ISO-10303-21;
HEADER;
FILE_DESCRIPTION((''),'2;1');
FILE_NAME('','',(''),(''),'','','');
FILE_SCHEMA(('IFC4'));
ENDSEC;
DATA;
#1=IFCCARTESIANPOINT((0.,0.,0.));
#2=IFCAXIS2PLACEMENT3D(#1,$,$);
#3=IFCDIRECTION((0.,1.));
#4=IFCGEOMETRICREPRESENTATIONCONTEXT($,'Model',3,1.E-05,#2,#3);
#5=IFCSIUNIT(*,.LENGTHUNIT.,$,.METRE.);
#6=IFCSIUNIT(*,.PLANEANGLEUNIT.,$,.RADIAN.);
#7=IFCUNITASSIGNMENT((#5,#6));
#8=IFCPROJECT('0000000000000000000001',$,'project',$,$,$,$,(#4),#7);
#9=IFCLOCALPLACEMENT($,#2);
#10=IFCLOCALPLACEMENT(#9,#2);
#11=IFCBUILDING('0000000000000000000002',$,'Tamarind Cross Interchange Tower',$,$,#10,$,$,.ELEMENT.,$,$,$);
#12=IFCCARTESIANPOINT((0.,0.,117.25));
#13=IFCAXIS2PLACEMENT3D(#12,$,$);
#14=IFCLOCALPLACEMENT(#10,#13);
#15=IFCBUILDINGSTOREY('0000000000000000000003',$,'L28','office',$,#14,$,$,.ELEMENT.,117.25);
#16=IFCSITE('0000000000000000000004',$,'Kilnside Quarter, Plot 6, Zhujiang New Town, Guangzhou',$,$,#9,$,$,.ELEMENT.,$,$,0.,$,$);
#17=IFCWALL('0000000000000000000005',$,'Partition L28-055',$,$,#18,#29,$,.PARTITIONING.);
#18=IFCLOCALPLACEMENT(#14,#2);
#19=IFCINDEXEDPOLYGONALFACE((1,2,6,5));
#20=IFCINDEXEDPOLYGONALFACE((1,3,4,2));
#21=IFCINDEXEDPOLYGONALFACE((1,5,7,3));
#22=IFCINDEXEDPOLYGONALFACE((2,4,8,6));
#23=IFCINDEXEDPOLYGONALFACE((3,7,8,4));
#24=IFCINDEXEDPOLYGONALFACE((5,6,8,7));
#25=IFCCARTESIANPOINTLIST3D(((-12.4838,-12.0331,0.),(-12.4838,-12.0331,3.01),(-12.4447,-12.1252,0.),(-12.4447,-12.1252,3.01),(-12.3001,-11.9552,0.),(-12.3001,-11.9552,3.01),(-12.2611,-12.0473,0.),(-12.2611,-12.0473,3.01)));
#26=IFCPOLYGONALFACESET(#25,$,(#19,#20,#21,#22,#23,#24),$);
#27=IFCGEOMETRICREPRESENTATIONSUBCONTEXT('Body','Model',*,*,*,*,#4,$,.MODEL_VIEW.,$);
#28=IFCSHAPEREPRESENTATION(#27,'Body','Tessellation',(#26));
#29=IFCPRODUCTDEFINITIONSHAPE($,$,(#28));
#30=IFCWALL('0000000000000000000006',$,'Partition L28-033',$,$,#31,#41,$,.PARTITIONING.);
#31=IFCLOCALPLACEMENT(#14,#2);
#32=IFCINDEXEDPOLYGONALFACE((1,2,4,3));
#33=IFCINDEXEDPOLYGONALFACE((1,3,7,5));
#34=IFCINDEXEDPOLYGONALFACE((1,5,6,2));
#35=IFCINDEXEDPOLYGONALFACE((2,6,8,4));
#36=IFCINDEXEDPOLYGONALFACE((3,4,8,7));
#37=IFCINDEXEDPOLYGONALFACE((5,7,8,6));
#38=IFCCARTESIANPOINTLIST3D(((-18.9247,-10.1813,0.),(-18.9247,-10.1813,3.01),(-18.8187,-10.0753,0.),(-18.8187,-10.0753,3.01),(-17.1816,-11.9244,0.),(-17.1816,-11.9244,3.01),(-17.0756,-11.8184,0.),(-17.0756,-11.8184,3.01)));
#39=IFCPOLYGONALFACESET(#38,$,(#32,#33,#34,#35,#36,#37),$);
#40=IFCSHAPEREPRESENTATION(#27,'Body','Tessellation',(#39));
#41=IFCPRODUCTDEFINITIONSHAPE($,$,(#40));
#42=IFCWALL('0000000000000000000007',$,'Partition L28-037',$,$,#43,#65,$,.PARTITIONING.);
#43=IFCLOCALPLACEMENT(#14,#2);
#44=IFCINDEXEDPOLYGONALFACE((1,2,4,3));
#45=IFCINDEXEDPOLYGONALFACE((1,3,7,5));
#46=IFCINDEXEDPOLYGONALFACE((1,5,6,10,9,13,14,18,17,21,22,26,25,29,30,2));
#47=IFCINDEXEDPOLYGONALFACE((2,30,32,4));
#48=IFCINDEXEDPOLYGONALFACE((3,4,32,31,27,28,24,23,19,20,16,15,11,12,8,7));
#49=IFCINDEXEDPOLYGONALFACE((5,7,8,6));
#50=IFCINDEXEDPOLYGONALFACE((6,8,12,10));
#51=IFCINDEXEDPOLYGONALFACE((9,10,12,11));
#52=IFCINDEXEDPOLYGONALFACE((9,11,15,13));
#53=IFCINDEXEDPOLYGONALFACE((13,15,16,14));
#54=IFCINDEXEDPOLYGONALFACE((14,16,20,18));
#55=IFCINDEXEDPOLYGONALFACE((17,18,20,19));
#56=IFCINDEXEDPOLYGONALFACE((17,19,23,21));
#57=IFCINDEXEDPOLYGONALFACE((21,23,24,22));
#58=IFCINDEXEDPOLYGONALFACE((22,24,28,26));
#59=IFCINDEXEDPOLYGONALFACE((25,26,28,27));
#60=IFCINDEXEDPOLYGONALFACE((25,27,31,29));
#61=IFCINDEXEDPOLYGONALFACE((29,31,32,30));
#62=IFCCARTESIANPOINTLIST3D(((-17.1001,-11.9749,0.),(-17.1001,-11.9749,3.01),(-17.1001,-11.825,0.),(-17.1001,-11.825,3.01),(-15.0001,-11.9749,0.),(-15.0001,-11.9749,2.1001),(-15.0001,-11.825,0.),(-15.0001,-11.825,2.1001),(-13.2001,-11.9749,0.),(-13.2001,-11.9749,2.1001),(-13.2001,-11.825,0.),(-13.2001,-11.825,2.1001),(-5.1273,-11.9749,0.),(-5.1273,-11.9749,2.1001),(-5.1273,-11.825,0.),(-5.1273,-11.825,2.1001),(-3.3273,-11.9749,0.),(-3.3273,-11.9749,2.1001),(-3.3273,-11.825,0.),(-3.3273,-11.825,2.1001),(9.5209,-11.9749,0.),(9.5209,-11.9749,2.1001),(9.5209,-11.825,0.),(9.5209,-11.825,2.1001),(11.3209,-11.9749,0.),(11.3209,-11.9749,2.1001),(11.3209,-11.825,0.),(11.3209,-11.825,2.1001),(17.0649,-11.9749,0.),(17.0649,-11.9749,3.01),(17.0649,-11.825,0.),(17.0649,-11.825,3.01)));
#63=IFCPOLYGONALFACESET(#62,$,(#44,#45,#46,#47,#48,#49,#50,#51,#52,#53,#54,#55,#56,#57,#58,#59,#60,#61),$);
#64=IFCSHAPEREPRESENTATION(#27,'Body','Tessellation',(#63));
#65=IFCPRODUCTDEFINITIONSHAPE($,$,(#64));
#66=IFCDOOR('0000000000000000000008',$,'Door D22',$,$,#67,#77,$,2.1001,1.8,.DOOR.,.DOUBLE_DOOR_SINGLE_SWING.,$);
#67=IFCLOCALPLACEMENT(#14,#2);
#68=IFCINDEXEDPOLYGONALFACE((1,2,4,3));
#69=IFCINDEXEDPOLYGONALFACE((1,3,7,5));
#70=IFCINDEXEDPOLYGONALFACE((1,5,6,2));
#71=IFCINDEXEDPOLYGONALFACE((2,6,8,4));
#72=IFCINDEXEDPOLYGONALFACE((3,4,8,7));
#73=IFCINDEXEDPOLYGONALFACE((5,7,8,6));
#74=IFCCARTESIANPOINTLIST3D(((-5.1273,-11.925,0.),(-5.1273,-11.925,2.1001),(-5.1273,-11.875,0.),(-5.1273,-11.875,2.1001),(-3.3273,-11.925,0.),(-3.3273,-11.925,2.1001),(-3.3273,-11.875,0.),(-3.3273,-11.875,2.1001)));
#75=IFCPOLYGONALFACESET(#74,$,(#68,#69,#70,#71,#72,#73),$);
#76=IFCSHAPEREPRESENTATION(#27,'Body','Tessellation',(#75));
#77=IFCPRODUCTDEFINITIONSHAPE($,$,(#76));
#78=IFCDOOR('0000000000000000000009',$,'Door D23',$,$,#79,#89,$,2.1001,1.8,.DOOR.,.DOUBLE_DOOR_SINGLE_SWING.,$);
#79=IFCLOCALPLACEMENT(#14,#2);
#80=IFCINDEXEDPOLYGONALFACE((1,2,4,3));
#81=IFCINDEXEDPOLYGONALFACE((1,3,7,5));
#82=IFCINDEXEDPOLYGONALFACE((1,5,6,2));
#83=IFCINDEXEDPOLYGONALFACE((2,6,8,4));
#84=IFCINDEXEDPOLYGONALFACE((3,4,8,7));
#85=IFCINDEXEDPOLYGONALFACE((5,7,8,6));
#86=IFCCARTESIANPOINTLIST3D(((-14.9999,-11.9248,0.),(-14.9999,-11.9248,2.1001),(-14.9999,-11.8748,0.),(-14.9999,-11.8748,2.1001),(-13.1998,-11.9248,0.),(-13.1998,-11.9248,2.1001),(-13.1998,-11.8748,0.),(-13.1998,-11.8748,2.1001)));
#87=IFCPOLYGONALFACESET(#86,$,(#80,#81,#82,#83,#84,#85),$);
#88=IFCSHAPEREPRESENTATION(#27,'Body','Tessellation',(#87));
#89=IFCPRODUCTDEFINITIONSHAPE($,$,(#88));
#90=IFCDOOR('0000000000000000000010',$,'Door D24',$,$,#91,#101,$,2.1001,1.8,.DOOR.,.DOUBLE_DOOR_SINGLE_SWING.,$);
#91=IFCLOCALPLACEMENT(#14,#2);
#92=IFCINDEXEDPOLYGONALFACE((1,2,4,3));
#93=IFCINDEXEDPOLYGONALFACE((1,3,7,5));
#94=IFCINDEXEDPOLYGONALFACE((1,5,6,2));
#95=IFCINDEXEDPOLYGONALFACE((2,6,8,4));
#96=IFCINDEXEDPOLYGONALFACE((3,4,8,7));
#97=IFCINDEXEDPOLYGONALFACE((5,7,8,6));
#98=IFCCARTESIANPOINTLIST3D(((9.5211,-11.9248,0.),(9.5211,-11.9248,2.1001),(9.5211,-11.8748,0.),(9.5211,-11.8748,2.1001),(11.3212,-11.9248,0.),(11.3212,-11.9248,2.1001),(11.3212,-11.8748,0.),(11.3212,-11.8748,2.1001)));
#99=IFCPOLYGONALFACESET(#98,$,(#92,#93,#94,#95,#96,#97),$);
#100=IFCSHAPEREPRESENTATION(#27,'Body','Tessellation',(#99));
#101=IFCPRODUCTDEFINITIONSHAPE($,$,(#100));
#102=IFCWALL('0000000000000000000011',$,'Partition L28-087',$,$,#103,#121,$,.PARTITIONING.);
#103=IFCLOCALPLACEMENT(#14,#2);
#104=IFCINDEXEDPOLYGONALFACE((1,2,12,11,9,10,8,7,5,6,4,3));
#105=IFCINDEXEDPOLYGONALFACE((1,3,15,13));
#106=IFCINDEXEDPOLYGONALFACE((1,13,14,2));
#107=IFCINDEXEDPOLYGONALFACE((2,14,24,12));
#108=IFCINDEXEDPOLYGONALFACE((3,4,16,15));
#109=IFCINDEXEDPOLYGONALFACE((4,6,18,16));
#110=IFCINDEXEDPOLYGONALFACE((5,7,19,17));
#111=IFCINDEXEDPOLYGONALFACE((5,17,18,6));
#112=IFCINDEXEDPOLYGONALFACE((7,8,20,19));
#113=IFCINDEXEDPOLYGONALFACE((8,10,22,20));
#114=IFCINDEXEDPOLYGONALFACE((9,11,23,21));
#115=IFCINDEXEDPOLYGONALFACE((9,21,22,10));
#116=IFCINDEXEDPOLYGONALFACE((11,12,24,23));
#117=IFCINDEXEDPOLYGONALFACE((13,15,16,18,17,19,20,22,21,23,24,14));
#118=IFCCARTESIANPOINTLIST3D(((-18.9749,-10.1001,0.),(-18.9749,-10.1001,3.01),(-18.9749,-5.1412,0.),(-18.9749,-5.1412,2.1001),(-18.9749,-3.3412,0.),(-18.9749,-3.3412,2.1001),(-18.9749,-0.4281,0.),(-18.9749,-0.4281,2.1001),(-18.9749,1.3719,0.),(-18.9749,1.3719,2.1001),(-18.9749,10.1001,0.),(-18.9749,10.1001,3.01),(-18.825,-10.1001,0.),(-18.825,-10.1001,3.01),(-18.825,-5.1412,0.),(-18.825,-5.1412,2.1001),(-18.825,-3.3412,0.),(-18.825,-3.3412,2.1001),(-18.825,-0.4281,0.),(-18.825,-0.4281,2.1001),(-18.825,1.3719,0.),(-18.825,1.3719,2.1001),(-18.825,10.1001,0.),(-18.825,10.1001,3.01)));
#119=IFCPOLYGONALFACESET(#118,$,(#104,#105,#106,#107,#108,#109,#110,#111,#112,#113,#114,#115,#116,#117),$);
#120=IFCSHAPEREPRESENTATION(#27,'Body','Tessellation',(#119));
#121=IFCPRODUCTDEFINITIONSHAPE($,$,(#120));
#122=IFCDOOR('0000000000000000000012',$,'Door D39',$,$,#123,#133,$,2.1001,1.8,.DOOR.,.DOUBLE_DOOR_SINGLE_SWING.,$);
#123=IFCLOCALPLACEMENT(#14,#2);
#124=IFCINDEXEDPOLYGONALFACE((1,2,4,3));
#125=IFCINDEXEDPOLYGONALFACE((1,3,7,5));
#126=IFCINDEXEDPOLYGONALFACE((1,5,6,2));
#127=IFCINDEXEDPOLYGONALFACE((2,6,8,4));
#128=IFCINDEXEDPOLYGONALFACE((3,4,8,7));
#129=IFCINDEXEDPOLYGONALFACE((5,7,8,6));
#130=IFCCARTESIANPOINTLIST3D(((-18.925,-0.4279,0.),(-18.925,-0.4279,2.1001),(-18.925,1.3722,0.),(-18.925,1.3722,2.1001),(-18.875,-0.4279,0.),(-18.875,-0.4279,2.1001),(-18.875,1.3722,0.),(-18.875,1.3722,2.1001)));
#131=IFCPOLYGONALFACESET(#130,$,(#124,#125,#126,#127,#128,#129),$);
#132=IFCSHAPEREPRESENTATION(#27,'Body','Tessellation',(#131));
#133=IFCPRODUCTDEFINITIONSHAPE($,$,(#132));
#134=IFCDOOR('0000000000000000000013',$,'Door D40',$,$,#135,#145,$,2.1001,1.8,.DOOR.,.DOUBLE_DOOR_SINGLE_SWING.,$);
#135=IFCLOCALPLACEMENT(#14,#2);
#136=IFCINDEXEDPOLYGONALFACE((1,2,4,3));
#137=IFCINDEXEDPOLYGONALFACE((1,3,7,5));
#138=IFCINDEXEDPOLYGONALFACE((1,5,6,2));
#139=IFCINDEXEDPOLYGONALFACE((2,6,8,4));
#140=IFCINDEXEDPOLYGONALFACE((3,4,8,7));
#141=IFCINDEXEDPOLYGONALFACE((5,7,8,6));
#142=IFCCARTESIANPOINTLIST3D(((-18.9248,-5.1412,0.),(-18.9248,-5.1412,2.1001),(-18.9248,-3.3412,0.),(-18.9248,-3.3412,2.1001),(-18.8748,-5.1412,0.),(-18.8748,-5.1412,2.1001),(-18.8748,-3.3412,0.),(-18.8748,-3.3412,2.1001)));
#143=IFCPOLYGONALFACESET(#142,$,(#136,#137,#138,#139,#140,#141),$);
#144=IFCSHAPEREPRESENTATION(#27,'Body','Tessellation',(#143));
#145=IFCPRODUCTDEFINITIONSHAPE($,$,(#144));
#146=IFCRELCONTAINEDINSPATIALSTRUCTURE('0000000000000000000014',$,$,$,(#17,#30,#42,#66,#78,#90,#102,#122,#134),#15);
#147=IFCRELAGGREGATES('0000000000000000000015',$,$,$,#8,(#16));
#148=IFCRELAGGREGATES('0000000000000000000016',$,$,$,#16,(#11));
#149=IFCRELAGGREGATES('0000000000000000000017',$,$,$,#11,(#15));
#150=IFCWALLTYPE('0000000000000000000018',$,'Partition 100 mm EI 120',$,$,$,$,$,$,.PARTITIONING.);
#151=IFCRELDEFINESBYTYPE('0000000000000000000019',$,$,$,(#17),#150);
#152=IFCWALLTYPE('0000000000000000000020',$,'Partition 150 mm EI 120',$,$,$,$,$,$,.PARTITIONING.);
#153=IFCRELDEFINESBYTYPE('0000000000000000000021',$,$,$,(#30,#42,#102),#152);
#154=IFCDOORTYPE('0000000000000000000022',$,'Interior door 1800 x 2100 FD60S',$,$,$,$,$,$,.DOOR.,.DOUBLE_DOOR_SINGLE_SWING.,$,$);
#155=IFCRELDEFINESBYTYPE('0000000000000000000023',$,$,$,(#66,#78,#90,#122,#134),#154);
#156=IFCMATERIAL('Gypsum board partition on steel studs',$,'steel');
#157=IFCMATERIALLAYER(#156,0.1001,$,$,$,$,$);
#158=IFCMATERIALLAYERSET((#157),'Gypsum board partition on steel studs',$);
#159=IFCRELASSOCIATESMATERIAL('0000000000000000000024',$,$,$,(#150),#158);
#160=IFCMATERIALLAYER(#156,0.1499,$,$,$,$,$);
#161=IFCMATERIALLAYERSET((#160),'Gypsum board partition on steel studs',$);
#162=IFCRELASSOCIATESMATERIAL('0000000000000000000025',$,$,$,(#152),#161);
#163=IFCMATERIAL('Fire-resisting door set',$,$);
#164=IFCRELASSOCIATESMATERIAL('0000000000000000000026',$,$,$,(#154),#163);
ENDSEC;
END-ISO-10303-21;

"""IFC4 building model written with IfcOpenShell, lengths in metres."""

from ifc_helpers import new_model, si_unit, direction, frame, frame_2d, origin, place, context, subcontext, project, spatial, rectangle, extrude, material, layer, layer_set, type_object, element, fill, save


model = new_model("IFC4")

# Units and contexts
model_context = context("Model", 3, precision=1e-05, world=origin(), true_north=direction((0.0, 1.0)))
body_context = subcontext(model_context, "Body", "Model", "MODEL_VIEW")
ifc_project = project(units=[si_unit("LENGTHUNIT", "METRE"), si_unit("PLANEANGLEUNIT", "RADIAN")], contexts=[model_context])

# Site, building, storey
site_placement = place(None, origin())
site = spatial("IfcSite", under=ifc_project, at=site_placement, Name="Kilnside Quarter, Plot 6, Zhujiang New Town, Guangzhou", CompositionType="ELEMENT", RefElevation=0.0)
building_placement = place(site_placement, origin())
building = spatial("IfcBuilding", under=site, at=building_placement, Name="Tamarind Cross Interchange Tower", CompositionType="ELEMENT")
storey_placement = place(building_placement, frame((0.0, 0.0, 117.25)))
storey = spatial("IfcBuildingStorey", under=building, at=storey_placement, Name="L28", Description="office", CompositionType="ELEMENT", Elevation=117.25)

# Walls
ifc_material_1 = material(Name="Gypsum board partition on steel studs", Category="steel")
ifc_layer_1 = layer(ifc_material_1, 0.1001)
ifc_layer_set_1 = layer_set([ifc_layer_1], Name="Gypsum board partition on steel studs")
wall_type_1 = type_object("IfcWallType", Name="Partition 100 mm EI 120", PredefinedType="PARTITIONING", material=ifc_layer_set_1)
wall_1_placement = place(storey_placement, frame((-12.4641, -12.0791, 0.0), z_axis=(0.0, 0.0, 1.0), x_axis=(0.920595, 0.390518, 0.0)))
element("IfcWall", 1, at=wall_1_placement, inside=storey, type_object=wall_type_1, Name="Partition L28-055", PredefinedType="PARTITIONING", context=body_context, shape_type="SweptSolid", body=[
    extrude(rectangle(XDim=0.1995, YDim=0.1001, at=frame_2d((0.0996, 0.0))), origin(), (0.0, 0.0, 1.0), 3.01),
])
ifc_layer_2 = layer(ifc_material_1, 0.1499)
ifc_layer_set_2 = layer_set([ifc_layer_2], Name="Gypsum board partition on steel studs")
wall_type_2 = type_object("IfcWallType", Name="Partition 150 mm EI 120", PredefinedType="PARTITIONING", material=ifc_layer_set_2)
wall_2_placement = place(storey_placement, frame((-18.8716, -10.1284, 0.0), z_axis=(0.0, 0.0, 1.0), x_axis=(0.707107, -0.707107, 0.0)))
element("IfcWall", 2, at=wall_2_placement, inside=storey, type_object=wall_type_2, Name="Partition L28-033", PredefinedType="PARTITIONING", context=body_context, shape_type="SweptSolid", body=[
    extrude(rectangle(XDim=2.4651, YDim=0.1499, at=frame_2d((1.2324, 0.0))), origin(), (0.0, 0.0, 1.0), 3.01),
])

# Walls, openings, doors
wall_3_placement = place(storey_placement, frame((-17.1001, -11.8999, 0.0), z_axis=(0.0, 0.0, 1.0), x_axis=(1.0, 0.0, 0.0)))
wall_3 = element("IfcWall", 3, at=wall_3_placement, inside=storey, type_object=wall_type_2, Name="Partition L28-037", PredefinedType="PARTITIONING", context=body_context, shape_type="SweptSolid", body=[
    extrude(rectangle(XDim=34.165, YDim=0.1499, at=frame_2d((17.0825, 0.0))), origin(), (0.0, 0.0, 1.0), 3.01),
])
opening_1_placement = place(wall_3_placement, frame((11.9729, 0.0, 0.0)))
opening_1 = element("IfcOpeningElement", 4, at=opening_1_placement, cuts=wall_3, PredefinedType="OPENING", context=body_context, shape_type="SweptSolid", body=[
    extrude(rectangle(XDim=1.8, YDim=2.1001, at=frame_2d((0.8999, 1.05))), frame((0.0, 0.085, 0.0), z_axis=(0.0, -1.0, 0.0), x_axis=(1.0, 0.0, 0.0)), (0.0, 0.0, 1.0), 0.1699),
])
opening_2_placement = place(wall_3_placement, frame((2.1001, 0.0, 0.0)))
opening_2 = element("IfcOpeningElement", 5, at=opening_2_placement, cuts=wall_3, PredefinedType="OPENING", context=body_context, shape_type="SweptSolid", body=[
    extrude(rectangle(XDim=1.8, YDim=2.1001, at=frame_2d((0.8999, 1.05))), frame((0.0, 0.085, 0.0), z_axis=(0.0, -1.0, 0.0), x_axis=(1.0, 0.0, 0.0)), (0.0, 0.0, 1.0), 0.1699),
])
opening_3_placement = place(wall_3_placement, frame((26.6211, 0.0, 0.0)))
opening_3 = element("IfcOpeningElement", 6, at=opening_3_placement, cuts=wall_3, PredefinedType="OPENING", context=body_context, shape_type="SweptSolid", body=[
    extrude(rectangle(XDim=1.8, YDim=2.1001, at=frame_2d((0.8999, 1.05))), frame((0.0, 0.085, 0.0), z_axis=(0.0, -1.0, 0.0), x_axis=(1.0, 0.0, 0.0)), (0.0, 0.0, 1.0), 0.1699),
])
ifc_material_2 = material(Name="Fire-resisting door set")
door_type_1 = type_object("IfcDoorType", Name="Interior door 1800 x 2100 FD60S", OperationType="DOUBLE_DOOR_SINGLE_SWING", PredefinedType="DOOR", material=ifc_material_2)
door_1_placement = place(opening_1_placement, origin())
door_1 = element("IfcDoor", 7, at=door_1_placement, inside=storey, type_object=door_type_1, Name="Door D22", OperationType="DOUBLE_DOOR_SINGLE_SWING", OverallHeight=2.1001, OverallWidth=1.8, PredefinedType="DOOR", context=body_context, shape_type="SweptSolid", body=[
    extrude(rectangle(XDim=1.8, YDim=2.1001, at=frame_2d((0.8999, 1.05))), frame((0.0, 0.0249, 0.0), z_axis=(0.0, -1.0, 0.0), x_axis=(1.0, 0.0, 0.0)), (0.0, 0.0, 1.0), 0.05),
])
fill(opening_1, door_1)
door_2_placement = place(opening_2_placement, frame((1.8, 0.0, 0.0), z_axis=(0.0, 0.0, 1.0), x_axis=(-1.0, 0.0, 0.0)))
door_2 = element("IfcDoor", 8, at=door_2_placement, inside=storey, type_object=door_type_1, Name="Door D23", OperationType="DOUBLE_DOOR_SINGLE_SWING", OverallHeight=2.1001, OverallWidth=1.8, PredefinedType="DOOR", context=body_context, shape_type="SweptSolid", body=[
    extrude(rectangle(XDim=1.8, YDim=2.1001, at=frame_2d((0.8999, 1.05))), frame((0.0, 0.0249, 0.0), z_axis=(0.0, -1.0, 0.0), x_axis=(1.0, 0.0, 0.0)), (0.0, 0.0, 1.0), 0.05),
])
fill(opening_2, door_2)
door_3_placement = place(opening_3_placement, frame((1.8, 0.0, 0.0), z_axis=(0.0, 0.0, 1.0), x_axis=(-1.0, 0.0, 0.0)))
door_3 = element("IfcDoor", 9, at=door_3_placement, inside=storey, type_object=door_type_1, Name="Door D24", OperationType="DOUBLE_DOOR_SINGLE_SWING", OverallHeight=2.1001, OverallWidth=1.8, PredefinedType="DOOR", context=body_context, shape_type="SweptSolid", body=[
    extrude(rectangle(XDim=1.8, YDim=2.1001, at=frame_2d((0.8999, 1.05))), frame((0.0, 0.0249, 0.0), z_axis=(0.0, -1.0, 0.0), x_axis=(1.0, 0.0, 0.0)), (0.0, 0.0, 1.0), 0.05),
])
fill(opening_3, door_3)
wall_4_placement = place(storey_placement, frame((-18.8999, -10.1001, 0.0), z_axis=(0.0, 0.0, 1.0), x_axis=(0.0, 1.0, 0.0)))
wall_4 = element("IfcWall", 10, at=wall_4_placement, inside=storey, type_object=wall_type_2, Name="Partition L28-087", PredefinedType="PARTITIONING", context=body_context, shape_type="SweptSolid", body=[
    extrude(rectangle(XDim=20.2002, YDim=0.1499, at=frame_2d((10.1001, 0.0))), origin(), (0.0, 0.0, 1.0), 3.01),
])
opening_4_placement = place(wall_4_placement, frame((9.6721, 0.0, 0.0)))
opening_4 = element("IfcOpeningElement", 11, at=opening_4_placement, cuts=wall_4, PredefinedType="OPENING", context=body_context, shape_type="SweptSolid", body=[
    extrude(rectangle(XDim=1.8, YDim=2.1001, at=frame_2d((0.8999, 1.05))), frame((0.0, 0.085, 0.0), z_axis=(0.0, -1.0, 0.0), x_axis=(1.0, 0.0, 0.0)), (0.0, 0.0, 1.0), 0.1699),
])
opening_5_placement = place(wall_4_placement, frame((4.959, 0.0, 0.0)))
opening_5 = element("IfcOpeningElement", 12, at=opening_5_placement, cuts=wall_4, PredefinedType="OPENING", context=body_context, shape_type="SweptSolid", body=[
    extrude(rectangle(XDim=1.8, YDim=2.1001, at=frame_2d((0.8999, 1.05))), frame((0.0, 0.085, 0.0), z_axis=(0.0, -1.0, 0.0), x_axis=(1.0, 0.0, 0.0)), (0.0, 0.0, 1.0), 0.1699),
])
door_4_placement = place(opening_4_placement, frame((1.8, 0.0, 0.0), z_axis=(0.0, 0.0, 1.0), x_axis=(-1.0, 0.0, 0.0)))
door_4 = element("IfcDoor", 13, at=door_4_placement, inside=storey, type_object=door_type_1, Name="Door D39", OperationType="DOUBLE_DOOR_SINGLE_SWING", OverallHeight=2.1001, OverallWidth=1.8, PredefinedType="DOOR", context=body_context, shape_type="SweptSolid", body=[
    extrude(rectangle(XDim=1.8, YDim=2.1001, at=frame_2d((0.8999, 1.05))), frame((0.0, 0.0249, 0.0), z_axis=(0.0, -1.0, 0.0), x_axis=(1.0, 0.0, 0.0)), (0.0, 0.0, 1.0), 0.05),
])
fill(opening_4, door_4)
door_5_placement = place(opening_5_placement, origin())
door_5 = element("IfcDoor", 14, at=door_5_placement, inside=storey, type_object=door_type_1, Name="Door D40", OperationType="DOUBLE_DOOR_SINGLE_SWING", OverallHeight=2.1001, OverallWidth=1.8, PredefinedType="DOOR", context=body_context, shape_type="SweptSolid", body=[
    extrude(rectangle(XDim=1.8, YDim=2.1001, at=frame_2d((0.8999, 1.05))), frame((0.0, 0.0249, 0.0), z_axis=(0.0, -1.0, 0.0), x_axis=(1.0, 0.0, 0.0)), (0.0, 0.0, 1.0), 0.05),
])
fill(opening_5, door_5)

save(model, "model.ifc")
